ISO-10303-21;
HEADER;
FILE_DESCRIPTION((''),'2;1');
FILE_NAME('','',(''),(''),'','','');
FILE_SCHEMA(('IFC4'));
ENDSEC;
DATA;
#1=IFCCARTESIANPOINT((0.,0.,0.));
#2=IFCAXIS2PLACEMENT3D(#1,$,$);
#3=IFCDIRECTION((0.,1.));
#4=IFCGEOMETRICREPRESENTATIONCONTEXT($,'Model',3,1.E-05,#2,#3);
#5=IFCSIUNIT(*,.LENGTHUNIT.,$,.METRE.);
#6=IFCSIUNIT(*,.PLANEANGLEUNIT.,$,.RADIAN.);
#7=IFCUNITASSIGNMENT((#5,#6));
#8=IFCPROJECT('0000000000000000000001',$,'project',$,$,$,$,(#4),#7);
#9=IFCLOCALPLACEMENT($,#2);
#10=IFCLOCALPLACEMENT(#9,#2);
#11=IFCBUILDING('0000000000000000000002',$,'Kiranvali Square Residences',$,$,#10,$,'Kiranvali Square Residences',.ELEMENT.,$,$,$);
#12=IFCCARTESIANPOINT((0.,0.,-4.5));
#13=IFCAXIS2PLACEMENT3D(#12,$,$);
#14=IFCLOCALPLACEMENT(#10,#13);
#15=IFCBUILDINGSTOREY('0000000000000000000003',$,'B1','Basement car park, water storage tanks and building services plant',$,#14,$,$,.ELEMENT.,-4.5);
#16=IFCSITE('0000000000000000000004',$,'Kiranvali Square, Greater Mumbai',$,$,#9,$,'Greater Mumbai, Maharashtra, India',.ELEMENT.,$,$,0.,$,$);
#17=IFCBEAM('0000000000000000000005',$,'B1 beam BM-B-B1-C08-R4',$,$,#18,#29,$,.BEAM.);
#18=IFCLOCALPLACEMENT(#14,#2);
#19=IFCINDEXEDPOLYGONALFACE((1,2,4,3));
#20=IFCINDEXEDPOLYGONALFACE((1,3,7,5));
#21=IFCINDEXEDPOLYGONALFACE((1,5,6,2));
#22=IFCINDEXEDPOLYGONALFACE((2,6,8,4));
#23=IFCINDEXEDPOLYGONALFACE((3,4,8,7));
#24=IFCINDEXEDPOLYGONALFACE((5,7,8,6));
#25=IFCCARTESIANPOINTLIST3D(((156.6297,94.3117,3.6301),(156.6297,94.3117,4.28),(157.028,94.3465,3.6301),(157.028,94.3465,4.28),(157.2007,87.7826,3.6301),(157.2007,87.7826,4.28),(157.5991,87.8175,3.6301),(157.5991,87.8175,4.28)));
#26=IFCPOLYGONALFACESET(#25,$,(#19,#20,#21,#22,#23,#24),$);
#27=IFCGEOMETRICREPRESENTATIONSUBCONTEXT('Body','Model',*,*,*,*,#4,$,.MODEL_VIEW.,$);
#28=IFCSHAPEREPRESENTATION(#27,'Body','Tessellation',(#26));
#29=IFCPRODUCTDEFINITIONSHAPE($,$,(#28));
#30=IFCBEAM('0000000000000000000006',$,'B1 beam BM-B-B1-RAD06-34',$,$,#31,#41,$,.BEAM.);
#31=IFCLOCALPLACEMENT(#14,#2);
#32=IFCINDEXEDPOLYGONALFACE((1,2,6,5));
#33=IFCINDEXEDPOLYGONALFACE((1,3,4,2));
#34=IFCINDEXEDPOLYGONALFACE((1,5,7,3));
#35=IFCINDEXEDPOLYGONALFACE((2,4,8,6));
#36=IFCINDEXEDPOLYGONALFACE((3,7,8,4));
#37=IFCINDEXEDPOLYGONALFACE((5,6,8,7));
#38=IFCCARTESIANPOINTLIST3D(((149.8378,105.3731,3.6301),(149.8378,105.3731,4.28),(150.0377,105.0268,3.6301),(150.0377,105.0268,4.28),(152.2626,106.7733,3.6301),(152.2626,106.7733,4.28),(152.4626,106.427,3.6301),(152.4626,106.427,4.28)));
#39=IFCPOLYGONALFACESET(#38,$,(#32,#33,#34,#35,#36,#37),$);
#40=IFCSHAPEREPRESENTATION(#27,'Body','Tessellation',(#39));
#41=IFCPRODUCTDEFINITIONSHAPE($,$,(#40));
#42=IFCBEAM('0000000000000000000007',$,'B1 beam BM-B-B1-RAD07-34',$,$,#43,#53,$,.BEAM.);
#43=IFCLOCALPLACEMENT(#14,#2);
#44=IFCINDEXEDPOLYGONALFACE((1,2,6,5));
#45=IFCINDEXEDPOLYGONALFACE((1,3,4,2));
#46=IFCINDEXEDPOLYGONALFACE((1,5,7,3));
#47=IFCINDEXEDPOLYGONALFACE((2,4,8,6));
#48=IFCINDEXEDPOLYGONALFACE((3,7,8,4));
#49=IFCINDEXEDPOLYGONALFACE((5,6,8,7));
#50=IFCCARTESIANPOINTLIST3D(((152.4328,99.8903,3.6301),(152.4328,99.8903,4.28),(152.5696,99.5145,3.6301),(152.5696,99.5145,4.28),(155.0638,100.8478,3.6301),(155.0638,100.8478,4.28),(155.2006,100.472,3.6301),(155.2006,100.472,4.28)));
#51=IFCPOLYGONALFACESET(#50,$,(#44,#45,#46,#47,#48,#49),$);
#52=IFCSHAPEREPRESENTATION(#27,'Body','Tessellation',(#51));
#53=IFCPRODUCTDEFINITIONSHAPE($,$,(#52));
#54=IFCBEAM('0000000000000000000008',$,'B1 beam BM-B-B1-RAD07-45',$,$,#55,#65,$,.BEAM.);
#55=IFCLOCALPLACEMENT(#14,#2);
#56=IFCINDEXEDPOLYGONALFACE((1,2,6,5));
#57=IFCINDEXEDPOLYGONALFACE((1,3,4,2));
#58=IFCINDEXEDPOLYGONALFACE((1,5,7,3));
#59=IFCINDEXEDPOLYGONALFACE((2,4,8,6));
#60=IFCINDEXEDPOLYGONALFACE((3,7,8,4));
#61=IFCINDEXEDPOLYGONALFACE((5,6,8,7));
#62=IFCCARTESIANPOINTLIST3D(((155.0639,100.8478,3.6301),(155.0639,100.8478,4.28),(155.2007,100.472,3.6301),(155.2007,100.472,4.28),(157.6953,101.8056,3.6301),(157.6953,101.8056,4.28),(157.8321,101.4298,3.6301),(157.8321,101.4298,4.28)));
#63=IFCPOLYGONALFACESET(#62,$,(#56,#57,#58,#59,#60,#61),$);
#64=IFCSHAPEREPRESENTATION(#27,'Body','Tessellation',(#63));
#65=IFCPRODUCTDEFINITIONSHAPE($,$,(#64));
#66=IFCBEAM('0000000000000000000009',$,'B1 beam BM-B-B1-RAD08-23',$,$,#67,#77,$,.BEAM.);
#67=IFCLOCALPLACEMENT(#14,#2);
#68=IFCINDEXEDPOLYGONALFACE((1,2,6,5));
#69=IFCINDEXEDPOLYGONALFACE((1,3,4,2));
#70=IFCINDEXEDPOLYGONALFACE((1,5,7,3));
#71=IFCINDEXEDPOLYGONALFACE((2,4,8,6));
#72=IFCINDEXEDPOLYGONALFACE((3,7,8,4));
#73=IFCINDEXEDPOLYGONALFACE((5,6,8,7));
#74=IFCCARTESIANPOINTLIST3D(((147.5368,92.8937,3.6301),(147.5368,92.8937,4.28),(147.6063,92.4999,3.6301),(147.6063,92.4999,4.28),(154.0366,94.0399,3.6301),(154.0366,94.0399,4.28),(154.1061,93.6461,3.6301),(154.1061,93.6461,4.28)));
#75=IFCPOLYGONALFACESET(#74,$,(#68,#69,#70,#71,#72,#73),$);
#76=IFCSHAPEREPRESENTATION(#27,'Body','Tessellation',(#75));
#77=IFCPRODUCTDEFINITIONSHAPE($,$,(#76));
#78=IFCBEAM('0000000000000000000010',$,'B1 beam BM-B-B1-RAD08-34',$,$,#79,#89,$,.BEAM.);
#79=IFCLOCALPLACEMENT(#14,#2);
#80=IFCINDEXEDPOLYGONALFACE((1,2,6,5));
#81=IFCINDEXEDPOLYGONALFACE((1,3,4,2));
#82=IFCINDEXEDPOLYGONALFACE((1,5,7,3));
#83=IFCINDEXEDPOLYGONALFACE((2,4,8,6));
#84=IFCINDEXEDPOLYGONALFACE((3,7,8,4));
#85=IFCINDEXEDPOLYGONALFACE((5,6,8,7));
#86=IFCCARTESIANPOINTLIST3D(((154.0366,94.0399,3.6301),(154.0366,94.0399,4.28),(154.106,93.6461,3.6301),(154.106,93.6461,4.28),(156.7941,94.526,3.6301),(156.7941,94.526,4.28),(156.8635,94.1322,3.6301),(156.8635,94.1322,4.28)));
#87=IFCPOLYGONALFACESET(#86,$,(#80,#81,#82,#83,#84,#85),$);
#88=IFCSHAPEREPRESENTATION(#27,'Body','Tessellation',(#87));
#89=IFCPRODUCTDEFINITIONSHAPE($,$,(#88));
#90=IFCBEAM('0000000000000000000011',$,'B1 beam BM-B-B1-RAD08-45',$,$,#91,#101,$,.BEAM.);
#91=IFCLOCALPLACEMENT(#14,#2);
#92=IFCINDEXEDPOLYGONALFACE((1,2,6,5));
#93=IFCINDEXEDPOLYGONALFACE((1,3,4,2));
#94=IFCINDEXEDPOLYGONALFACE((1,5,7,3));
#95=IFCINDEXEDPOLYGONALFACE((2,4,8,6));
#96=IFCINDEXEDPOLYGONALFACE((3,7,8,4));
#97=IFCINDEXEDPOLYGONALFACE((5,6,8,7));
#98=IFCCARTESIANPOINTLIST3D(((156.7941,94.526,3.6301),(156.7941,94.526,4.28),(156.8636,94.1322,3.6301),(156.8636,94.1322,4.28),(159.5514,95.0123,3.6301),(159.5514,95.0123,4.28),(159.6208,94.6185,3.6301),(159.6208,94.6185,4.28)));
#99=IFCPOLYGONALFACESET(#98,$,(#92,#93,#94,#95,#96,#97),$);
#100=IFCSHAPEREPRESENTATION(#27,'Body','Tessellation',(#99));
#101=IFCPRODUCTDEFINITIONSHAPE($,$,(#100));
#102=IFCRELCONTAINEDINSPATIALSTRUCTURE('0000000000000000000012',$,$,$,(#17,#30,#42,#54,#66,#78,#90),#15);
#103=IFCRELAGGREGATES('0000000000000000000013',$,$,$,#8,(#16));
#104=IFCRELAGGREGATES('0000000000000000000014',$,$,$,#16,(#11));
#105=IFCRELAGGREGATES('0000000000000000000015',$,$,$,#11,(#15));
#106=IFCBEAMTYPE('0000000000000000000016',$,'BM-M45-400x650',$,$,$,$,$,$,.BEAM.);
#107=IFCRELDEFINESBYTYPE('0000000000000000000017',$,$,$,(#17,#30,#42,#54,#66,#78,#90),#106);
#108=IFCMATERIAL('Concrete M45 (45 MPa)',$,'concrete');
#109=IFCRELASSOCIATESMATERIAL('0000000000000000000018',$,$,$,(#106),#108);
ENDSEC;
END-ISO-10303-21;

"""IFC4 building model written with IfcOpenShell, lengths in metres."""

from ifc_helpers import new_model, si_unit, direction, frame, origin, origin_2d, place, context, subcontext, project, spatial, rectangle, extrude, material, material_profile, profile_set, type_object, element, save


model = new_model("IFC4")

# Units and contexts
model_context = context("Model", 3, precision=1e-05, world=origin(), true_north=direction((0.0, 1.0)))
body_context = subcontext(model_context, "Body", "Model", "MODEL_VIEW")
ifc_project = project(units=[si_unit("LENGTHUNIT", "METRE"), si_unit("PLANEANGLEUNIT", "RADIAN")], contexts=[model_context])

# Site, building, storey
site_placement = place(None, origin())
site = spatial("IfcSite", under=ifc_project, at=site_placement, Name="Kiranvali Square, Greater Mumbai", LongName="Greater Mumbai, Maharashtra, India", CompositionType="ELEMENT", RefElevation=0.0)
building_placement = place(site_placement, origin())
building = spatial("IfcBuilding", under=site, at=building_placement, Name="Kiranvali Square Residences", LongName="Kiranvali Square Residences", CompositionType="ELEMENT")
storey_placement = place(building_placement, frame((0.0, 0.0, -4.5)))
storey = spatial("IfcBuildingStorey", under=building, at=storey_placement, Name="B1", Description="Basement car park, water storage tanks and building services plant", CompositionType="ELEMENT", Elevation=-4.5)

# Shared definitions
ifc_material_1 = material(Name="Concrete M45 (45 MPa)", Category="concrete")

# Beams
ifc_material_profile_1 = material_profile(ifc_material_1, rectangle(XDim=0.3999, YDim=0.6499, at=origin_2d()), Name="RC 400x650")
ifc_profile_set_1 = profile_set([ifc_material_profile_1], Name="Concrete M45 (45 MPa)")
beam_type = type_object("IfcBeamType", Name="BM-M45-400x650", PredefinedType="BEAM", material=ifc_profile_set_1)
beam_1_placement = place(storey_placement, frame((156.8289, 94.3291, 3.9551), z_axis=(0.08713, -0.996197, 0.0), x_axis=(0.996197, 0.08713, 0.0)))
element("IfcBeam", 1, at=beam_1_placement, inside=storey, type_object=beam_type, Name="B1 beam BM-B-B1-C08-R4", PredefinedType="BEAM", context=body_context, shape_type="SweptSolid", body=[
    extrude(rectangle(XDim=0.3999, YDim=0.6499, at=origin_2d()), origin(), (0.0, 0.0, 1.0), 6.554),
])
beam_2_placement = place(storey_placement, frame((149.9377, 105.2, 3.9551), z_axis=(0.865997, 0.50005, 0.0), x_axis=(-0.50005, 0.865997, 0.0)))
element("IfcBeam", 2, at=beam_2_placement, inside=storey, type_object=beam_type, Name="B1 beam BM-B-B1-RAD06-34", PredefinedType="BEAM", context=body_context, shape_type="SweptSolid", body=[
    extrude(rectangle(XDim=0.3999, YDim=0.6499, at=origin_2d()), origin(), (0.0, 0.0, 1.0), 2.8),
])
beam_3_placement = place(storey_placement, frame((152.5012, 99.7024, 3.9551), z_axis=(0.939707, 0.341981, 0.0), x_axis=(-0.341981, 0.939707, 0.0)))
element("IfcBeam", 3, at=beam_3_placement, inside=storey, type_object=beam_type, Name="B1 beam BM-B-B1-RAD07-34", PredefinedType="BEAM", context=body_context, shape_type="SweptSolid", body=[
    extrude(rectangle(XDim=0.3999, YDim=0.6499, at=origin_2d()), origin(), (0.0, 0.0, 1.0), 2.7998),
])
beam_4_placement = place(storey_placement, frame((155.1323, 100.6599, 3.9551), z_axis=(0.939689, 0.34203, 0.0), x_axis=(-0.34203, 0.939689, 0.0)))
element("IfcBeam", 4, at=beam_4_placement, inside=storey, type_object=beam_type, Name="B1 beam BM-B-B1-RAD07-45", PredefinedType="BEAM", context=body_context, shape_type="SweptSolid", body=[
    extrude(rectangle(XDim=0.3999, YDim=0.6499, at=origin_2d()), origin(), (0.0, 0.0, 1.0), 2.8003),
])
beam_5_placement = place(storey_placement, frame((147.5715, 92.6968, 3.9551), z_axis=(0.984804, 0.173671, 0.0), x_axis=(-0.173671, 0.984804, 0.0)))
element("IfcBeam", 5, at=beam_5_placement, inside=storey, type_object=beam_type, Name="B1 beam BM-B-B1-RAD08-23", PredefinedType="BEAM", context=body_context, shape_type="SweptSolid", body=[
    extrude(rectangle(XDim=0.3999, YDim=0.6499, at=origin_2d()), origin(), (0.0, 0.0, 1.0), 6.6001),
])
beam_6_placement = place(storey_placement, frame((154.0713, 93.843, 3.9551), z_axis=(0.984817, 0.173596, 0.0), x_axis=(-0.173596, 0.984817, 0.0)))
element("IfcBeam", 6, at=beam_6_placement, inside=storey, type_object=beam_type, Name="B1 beam BM-B-B1-RAD08-34", PredefinedType="BEAM", context=body_context, shape_type="SweptSolid", body=[
    extrude(rectangle(XDim=0.3999, YDim=0.6499, at=origin_2d()), origin(), (0.0, 0.0, 1.0), 2.8),
])
beam_7_placement = place(storey_placement, frame((156.8289, 94.3291, 3.9551), z_axis=(0.984799, 0.173696, 0.0), x_axis=(-0.173696, 0.984799, 0.0)))
element("IfcBeam", 7, at=beam_7_placement, inside=storey, type_object=beam_type, Name="B1 beam BM-B-B1-RAD08-45", PredefinedType="BEAM", context=body_context, shape_type="SweptSolid", body=[
    extrude(rectangle(XDim=0.3999, YDim=0.6499, at=origin_2d()), origin(), (0.0, 0.0, 1.0), 2.7998),
])

save(model, "model.ifc")
